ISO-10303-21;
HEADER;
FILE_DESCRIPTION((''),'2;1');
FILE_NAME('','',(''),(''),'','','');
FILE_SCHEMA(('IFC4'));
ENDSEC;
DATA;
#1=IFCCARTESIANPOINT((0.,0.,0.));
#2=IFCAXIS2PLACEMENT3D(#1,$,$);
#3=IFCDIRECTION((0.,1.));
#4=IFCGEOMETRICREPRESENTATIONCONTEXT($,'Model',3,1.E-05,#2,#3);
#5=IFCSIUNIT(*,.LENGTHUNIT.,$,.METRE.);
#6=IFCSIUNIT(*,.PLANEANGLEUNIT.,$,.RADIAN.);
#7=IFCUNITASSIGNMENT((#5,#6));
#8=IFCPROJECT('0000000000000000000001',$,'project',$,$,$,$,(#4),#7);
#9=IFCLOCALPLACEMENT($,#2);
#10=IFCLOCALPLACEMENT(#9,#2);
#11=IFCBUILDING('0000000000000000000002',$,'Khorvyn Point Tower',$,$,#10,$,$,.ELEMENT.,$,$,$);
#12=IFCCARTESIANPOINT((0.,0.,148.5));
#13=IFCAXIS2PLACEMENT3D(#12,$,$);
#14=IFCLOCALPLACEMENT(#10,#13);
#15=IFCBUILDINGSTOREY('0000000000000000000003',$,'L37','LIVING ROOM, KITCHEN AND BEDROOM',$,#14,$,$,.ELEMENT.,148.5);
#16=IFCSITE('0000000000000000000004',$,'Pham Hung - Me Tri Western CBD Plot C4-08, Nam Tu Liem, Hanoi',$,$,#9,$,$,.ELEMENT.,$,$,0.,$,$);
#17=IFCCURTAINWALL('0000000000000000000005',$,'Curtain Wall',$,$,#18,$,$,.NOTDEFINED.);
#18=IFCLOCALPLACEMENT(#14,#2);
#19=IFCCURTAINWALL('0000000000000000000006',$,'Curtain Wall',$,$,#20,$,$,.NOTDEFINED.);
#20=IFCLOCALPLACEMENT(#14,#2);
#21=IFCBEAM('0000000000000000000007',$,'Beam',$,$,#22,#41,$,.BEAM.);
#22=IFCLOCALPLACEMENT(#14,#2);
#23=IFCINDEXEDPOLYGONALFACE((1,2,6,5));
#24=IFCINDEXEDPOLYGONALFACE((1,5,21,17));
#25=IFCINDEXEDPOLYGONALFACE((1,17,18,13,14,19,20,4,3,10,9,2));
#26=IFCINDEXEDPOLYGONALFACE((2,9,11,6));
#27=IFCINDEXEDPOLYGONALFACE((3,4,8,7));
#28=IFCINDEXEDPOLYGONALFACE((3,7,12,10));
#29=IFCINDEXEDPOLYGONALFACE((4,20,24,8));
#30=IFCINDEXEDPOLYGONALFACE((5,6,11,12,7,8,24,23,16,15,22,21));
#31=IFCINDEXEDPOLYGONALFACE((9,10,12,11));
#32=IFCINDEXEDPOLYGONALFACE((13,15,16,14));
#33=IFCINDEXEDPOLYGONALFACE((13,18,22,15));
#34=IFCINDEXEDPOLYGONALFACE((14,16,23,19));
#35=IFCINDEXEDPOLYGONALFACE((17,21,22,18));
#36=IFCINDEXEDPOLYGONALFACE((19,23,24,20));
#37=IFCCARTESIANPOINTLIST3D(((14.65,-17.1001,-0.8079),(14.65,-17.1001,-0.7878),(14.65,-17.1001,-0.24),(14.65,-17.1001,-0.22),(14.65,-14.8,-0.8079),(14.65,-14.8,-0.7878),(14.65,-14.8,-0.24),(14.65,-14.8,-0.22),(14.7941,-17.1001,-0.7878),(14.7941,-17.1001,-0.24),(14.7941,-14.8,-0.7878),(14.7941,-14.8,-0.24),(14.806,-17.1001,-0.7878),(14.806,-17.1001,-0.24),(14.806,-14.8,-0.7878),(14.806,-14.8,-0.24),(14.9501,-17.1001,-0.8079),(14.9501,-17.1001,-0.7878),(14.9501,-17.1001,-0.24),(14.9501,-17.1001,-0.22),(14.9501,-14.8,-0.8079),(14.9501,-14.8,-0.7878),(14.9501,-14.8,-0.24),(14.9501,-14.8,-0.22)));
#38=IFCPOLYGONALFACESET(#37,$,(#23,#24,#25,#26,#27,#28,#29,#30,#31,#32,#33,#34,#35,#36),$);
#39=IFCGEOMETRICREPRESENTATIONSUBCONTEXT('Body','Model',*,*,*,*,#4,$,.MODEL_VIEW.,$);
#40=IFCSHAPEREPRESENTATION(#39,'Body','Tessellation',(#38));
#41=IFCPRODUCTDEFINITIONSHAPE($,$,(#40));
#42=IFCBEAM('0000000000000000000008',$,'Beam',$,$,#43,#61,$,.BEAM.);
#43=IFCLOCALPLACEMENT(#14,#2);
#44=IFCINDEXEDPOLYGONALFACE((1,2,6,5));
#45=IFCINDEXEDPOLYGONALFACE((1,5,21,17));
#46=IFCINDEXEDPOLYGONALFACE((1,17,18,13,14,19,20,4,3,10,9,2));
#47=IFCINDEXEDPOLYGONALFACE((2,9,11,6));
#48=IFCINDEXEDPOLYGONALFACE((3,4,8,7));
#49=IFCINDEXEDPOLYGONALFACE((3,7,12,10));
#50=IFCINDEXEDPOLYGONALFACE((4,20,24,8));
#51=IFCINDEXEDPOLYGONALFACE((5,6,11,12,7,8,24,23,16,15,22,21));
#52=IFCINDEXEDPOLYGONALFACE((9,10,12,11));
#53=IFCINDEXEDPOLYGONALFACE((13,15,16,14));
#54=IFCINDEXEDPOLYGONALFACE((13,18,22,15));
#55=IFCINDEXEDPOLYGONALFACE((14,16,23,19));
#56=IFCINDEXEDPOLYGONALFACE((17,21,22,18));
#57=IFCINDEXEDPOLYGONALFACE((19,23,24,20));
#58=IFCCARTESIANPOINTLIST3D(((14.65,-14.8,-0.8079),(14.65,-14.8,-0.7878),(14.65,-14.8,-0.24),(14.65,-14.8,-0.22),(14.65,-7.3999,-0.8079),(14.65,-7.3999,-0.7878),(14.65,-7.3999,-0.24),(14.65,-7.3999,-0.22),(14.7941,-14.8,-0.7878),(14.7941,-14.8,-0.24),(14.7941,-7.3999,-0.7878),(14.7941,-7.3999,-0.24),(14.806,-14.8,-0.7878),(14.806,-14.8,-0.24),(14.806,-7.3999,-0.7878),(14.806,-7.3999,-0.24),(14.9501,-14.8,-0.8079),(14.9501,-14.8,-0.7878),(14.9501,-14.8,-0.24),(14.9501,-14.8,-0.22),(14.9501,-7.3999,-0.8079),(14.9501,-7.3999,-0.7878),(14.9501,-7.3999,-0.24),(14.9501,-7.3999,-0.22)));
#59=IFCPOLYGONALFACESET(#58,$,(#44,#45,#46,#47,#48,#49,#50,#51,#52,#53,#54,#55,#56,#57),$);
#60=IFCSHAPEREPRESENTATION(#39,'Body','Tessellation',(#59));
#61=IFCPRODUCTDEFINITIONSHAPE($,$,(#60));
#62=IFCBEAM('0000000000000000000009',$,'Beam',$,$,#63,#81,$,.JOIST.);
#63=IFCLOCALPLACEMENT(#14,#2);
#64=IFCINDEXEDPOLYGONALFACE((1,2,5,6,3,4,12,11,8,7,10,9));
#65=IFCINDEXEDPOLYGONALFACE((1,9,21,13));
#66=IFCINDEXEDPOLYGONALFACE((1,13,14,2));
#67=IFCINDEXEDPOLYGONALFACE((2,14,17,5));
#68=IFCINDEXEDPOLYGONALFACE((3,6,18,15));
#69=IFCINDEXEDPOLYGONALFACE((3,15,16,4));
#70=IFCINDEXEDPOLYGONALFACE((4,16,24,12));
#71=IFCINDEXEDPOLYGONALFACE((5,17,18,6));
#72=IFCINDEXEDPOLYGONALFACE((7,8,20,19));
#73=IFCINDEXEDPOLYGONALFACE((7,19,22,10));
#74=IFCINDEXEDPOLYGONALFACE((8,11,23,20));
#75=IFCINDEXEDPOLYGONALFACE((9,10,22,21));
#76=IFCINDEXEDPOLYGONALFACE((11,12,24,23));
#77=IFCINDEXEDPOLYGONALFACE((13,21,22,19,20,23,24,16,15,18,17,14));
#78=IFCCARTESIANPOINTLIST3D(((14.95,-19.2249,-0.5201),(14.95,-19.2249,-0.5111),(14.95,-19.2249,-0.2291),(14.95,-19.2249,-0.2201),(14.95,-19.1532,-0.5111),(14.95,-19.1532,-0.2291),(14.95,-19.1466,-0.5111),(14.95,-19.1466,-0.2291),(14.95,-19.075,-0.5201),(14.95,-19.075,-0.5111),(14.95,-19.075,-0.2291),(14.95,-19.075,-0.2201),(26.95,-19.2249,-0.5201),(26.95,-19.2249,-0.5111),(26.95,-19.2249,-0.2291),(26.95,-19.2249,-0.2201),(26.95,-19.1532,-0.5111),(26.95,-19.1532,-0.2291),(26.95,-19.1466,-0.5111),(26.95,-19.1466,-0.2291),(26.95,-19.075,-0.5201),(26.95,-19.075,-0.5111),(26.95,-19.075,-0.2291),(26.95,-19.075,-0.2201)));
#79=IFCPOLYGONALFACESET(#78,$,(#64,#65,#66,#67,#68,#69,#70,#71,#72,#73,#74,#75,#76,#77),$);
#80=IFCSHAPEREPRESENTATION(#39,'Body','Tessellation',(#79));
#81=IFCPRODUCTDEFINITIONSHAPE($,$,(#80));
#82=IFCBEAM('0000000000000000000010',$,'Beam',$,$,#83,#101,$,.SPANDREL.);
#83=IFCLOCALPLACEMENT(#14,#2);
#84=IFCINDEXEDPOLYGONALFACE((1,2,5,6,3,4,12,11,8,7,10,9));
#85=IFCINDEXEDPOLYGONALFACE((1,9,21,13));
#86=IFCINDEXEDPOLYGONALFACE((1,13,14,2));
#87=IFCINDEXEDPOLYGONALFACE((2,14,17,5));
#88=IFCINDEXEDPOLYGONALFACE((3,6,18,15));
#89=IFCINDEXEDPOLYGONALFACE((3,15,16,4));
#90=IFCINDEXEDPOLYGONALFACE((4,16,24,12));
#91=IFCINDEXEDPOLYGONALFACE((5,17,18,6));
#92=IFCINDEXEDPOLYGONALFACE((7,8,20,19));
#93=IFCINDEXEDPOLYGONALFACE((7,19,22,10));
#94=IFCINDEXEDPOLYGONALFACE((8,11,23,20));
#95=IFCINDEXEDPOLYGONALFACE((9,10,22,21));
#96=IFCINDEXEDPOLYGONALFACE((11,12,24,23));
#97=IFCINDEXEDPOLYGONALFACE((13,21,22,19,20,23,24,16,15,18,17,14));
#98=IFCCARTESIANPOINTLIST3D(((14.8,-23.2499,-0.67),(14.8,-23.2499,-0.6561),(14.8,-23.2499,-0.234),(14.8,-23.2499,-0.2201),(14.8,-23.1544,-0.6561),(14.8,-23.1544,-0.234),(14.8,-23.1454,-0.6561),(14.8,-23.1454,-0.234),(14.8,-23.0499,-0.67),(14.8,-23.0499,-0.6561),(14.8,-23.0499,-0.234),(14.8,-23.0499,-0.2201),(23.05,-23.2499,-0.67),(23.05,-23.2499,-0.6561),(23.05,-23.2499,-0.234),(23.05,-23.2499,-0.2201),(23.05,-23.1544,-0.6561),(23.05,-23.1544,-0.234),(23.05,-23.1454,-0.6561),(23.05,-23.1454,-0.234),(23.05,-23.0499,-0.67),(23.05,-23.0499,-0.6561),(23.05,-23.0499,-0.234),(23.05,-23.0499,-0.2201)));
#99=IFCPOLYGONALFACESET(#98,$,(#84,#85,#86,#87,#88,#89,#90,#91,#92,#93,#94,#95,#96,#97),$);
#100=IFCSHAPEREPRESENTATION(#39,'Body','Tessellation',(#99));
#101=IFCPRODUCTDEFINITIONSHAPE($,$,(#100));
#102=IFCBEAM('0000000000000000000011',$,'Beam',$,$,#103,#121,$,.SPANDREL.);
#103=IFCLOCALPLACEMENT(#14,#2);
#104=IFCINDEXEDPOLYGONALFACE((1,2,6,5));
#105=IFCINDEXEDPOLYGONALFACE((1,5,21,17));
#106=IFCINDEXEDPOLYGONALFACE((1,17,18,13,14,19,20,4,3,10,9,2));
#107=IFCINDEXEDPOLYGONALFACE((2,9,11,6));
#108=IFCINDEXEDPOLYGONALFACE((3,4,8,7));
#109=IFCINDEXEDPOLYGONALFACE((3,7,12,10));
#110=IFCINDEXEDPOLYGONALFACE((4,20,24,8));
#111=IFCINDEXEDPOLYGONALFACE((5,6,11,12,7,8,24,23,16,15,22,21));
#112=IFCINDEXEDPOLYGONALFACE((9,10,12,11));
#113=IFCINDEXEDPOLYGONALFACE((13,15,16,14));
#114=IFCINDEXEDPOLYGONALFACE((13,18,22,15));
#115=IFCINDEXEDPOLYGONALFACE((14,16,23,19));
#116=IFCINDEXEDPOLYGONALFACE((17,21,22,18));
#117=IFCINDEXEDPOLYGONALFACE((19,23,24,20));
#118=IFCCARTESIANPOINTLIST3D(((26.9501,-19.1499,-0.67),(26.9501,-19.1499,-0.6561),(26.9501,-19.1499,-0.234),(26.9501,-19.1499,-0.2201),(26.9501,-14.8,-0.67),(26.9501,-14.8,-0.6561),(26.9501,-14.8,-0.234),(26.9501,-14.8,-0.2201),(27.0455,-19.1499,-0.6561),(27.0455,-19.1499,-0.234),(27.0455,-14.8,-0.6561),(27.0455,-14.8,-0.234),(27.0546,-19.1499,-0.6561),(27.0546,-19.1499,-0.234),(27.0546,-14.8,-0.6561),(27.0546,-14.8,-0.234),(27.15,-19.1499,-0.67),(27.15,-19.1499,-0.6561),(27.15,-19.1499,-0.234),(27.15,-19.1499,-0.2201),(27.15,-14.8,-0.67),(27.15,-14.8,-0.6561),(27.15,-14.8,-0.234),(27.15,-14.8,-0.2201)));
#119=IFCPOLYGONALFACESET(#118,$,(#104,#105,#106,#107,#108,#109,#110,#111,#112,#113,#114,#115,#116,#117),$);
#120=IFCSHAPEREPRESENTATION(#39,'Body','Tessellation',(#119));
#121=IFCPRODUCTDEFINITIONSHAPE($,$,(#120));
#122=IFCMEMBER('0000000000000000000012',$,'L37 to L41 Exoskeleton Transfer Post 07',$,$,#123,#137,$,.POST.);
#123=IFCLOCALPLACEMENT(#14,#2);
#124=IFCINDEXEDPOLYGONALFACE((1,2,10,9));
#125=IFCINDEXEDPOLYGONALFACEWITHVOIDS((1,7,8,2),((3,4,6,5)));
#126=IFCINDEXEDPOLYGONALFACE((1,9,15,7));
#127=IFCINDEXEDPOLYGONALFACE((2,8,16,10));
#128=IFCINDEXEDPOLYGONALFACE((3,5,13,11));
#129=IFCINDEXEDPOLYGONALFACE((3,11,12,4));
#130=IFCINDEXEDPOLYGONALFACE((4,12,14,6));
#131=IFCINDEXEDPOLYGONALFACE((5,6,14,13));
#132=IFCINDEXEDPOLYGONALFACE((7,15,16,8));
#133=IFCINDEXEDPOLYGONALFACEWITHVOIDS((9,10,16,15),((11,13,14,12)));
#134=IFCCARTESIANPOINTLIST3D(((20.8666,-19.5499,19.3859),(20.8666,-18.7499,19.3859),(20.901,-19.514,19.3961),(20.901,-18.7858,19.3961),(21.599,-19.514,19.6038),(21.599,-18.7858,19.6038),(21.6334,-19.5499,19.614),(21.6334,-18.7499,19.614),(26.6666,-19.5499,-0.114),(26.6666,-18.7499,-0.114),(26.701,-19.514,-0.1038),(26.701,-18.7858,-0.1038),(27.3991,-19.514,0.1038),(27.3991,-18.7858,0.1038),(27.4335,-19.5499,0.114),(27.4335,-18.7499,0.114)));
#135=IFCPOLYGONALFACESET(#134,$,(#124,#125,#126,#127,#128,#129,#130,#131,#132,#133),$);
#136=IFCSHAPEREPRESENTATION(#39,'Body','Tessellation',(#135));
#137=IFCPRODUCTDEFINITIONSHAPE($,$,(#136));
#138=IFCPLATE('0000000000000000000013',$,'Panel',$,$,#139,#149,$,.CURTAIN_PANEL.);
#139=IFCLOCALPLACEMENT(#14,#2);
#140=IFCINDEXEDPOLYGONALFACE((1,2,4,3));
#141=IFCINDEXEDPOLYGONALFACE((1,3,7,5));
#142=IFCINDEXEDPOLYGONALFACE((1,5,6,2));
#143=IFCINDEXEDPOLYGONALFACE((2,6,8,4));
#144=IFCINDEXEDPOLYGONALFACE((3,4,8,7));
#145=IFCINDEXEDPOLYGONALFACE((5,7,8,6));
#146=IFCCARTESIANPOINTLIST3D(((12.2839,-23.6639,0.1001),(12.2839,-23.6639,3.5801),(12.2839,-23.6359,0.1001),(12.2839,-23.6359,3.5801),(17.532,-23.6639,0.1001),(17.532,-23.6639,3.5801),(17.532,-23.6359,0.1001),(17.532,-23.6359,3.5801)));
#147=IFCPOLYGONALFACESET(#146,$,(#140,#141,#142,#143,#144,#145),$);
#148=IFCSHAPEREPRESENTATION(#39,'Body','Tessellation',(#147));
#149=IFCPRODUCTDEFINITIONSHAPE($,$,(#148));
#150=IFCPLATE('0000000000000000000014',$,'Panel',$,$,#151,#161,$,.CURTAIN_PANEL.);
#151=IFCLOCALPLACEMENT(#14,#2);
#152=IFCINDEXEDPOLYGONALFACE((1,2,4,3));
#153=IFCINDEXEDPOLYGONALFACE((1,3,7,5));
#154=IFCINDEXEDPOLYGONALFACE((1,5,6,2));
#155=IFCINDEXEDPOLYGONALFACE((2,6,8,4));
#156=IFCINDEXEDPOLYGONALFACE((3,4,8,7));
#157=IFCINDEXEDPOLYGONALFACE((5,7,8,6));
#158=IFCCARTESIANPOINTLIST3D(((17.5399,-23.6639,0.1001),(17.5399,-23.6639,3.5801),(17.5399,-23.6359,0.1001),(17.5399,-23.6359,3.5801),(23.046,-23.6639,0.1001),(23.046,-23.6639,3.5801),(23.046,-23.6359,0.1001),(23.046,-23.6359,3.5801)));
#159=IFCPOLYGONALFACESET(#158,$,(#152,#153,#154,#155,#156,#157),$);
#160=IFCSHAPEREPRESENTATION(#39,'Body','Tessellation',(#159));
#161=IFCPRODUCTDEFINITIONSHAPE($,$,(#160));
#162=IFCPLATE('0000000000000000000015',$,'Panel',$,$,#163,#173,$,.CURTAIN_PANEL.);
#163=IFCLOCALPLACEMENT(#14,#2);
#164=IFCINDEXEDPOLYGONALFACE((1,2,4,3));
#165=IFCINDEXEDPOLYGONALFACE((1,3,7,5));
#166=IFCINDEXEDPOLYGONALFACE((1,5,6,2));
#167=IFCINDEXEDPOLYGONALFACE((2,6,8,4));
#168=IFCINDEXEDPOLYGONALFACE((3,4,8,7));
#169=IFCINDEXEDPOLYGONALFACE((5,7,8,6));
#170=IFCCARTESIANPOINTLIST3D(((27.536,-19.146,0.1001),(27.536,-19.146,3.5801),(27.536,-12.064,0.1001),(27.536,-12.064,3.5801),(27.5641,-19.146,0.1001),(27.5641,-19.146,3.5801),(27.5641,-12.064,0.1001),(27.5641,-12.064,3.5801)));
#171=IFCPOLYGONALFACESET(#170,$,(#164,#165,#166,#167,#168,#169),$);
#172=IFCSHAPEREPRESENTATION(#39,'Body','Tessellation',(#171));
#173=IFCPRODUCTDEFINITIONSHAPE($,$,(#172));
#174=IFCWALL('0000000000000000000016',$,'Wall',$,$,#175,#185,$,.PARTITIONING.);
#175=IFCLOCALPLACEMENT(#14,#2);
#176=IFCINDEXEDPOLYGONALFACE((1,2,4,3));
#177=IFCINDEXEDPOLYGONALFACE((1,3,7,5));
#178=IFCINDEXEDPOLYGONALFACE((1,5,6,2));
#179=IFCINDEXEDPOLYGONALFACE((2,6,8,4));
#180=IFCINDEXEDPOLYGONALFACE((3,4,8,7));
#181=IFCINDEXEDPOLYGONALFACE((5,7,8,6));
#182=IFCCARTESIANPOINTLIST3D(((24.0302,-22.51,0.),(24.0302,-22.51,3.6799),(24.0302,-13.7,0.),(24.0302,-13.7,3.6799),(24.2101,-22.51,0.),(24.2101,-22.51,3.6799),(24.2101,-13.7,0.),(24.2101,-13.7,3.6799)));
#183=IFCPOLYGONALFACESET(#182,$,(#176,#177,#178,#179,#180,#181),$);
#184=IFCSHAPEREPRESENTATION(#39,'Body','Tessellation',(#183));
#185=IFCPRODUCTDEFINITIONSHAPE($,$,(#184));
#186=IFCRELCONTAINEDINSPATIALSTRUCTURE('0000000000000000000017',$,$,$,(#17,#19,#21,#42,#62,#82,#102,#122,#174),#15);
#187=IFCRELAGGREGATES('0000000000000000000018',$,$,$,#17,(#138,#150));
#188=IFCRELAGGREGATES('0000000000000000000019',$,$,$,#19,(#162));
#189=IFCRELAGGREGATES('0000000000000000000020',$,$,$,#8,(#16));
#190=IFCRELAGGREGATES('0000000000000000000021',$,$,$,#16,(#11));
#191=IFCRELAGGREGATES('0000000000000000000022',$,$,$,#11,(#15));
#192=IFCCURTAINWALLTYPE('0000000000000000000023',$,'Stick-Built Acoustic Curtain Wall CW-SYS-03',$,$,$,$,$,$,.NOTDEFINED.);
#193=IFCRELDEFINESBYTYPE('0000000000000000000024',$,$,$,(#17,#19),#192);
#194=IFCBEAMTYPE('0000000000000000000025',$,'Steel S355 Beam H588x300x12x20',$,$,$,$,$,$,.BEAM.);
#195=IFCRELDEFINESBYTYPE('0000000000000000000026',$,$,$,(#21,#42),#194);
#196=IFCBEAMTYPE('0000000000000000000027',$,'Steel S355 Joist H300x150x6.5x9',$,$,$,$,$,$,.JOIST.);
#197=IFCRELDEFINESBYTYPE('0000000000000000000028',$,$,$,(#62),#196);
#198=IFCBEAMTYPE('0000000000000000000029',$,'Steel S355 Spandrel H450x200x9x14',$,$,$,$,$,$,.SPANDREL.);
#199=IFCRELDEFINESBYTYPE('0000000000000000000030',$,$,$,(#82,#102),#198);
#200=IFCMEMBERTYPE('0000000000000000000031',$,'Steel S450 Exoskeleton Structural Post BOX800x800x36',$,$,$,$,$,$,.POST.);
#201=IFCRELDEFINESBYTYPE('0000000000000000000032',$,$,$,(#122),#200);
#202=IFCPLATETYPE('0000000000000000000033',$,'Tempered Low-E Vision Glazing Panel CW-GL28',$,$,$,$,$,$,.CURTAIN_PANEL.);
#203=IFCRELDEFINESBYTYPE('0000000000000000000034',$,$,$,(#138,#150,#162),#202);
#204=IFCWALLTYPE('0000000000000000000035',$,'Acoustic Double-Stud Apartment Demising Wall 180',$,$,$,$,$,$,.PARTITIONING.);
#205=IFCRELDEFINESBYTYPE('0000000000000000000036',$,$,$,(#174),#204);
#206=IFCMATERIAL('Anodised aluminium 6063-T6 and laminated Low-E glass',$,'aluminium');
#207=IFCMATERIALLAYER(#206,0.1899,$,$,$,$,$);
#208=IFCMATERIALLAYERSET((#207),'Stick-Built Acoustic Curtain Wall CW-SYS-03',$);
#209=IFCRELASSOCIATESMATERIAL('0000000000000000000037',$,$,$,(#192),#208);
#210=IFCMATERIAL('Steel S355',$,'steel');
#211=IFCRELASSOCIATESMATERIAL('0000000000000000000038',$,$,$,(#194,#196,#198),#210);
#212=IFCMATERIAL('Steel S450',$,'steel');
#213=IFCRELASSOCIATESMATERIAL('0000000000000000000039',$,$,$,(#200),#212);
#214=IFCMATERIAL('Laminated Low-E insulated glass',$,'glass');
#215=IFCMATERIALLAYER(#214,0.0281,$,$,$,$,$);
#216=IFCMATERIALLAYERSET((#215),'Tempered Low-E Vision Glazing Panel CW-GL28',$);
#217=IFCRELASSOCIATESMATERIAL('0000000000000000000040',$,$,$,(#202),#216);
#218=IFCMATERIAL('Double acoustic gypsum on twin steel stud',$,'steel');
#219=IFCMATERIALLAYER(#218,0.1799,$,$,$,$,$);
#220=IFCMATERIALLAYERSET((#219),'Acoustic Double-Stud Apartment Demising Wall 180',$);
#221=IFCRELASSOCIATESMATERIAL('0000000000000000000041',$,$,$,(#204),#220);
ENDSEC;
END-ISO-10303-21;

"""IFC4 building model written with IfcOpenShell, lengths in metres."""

from ifc_helpers import new_model, si_unit, direction, frame, frame_2d, origin, origin_2d, place, context, subcontext, project, spatial, rectangle, hollow_rectangle, i_section, extrude, material, layer, layer_set, material_profile, profile_set, type_object, element, aggregate, save


model = new_model("IFC4")

# Units and contexts
model_context = context("Model", 3, precision=1e-05, world=origin(), true_north=direction((0.0, 1.0)))
body_context = subcontext(model_context, "Body", "Model", "MODEL_VIEW")
ifc_project = project(units=[si_unit("LENGTHUNIT", "METRE"), si_unit("PLANEANGLEUNIT", "RADIAN")], contexts=[model_context])

# Site, building, storey
site_placement = place(None, origin())
site = spatial("IfcSite", under=ifc_project, at=site_placement, Name="Pham Hung - Me Tri Western CBD Plot C4-08, Nam Tu Liem, Hanoi", CompositionType="ELEMENT", RefElevation=0.0)
building_placement = place(site_placement, origin())
building = spatial("IfcBuilding", under=site, at=building_placement, Name="Khorvyn Point Tower", CompositionType="ELEMENT")
storey_placement = place(building_placement, frame((0.0, 0.0, 148.5)))
storey = spatial("IfcBuildingStorey", under=building, at=storey_placement, Name="L37", Description="LIVING ROOM, KITCHEN AND BEDROOM", CompositionType="ELEMENT", Elevation=148.5)

# Shared definitions
ifc_material_1 = material(Name="Steel S450", Category="steel")

# Curtain walls
ifc_material_2 = material(Name="Anodised aluminium 6063-T6 and laminated Low-E glass", Category="aluminium")
ifc_layer_1 = layer(ifc_material_2, 0.1899)
ifc_layer_set_1 = layer_set([ifc_layer_1], Name="Stick-Built Acoustic Curtain Wall CW-SYS-03")
curtain_wall_type = type_object("IfcCurtainWallType", Name="Stick-Built Acoustic Curtain Wall CW-SYS-03", PredefinedType="NOTDEFINED", material=ifc_layer_set_1)
curtain_wall_1_placement = place(storey_placement, origin())
curtain_wall_1 = element("IfcCurtainWall", 1, at=curtain_wall_1_placement, inside=storey, type_object=curtain_wall_type, Name="Curtain Wall", PredefinedType="NOTDEFINED")
curtain_wall_2_placement = place(storey_placement, origin())
curtain_wall_2 = element("IfcCurtainWall", 2, at=curtain_wall_2_placement, inside=storey, type_object=curtain_wall_type, Name="Curtain Wall", PredefinedType="NOTDEFINED")

# Beams
ifc_material_3 = material(Name="Steel S355", Category="steel")
ifc_material_profile_1 = material_profile(ifc_material_3, i_section(OverallWidth=0.3, OverallDepth=0.5879, WebThickness=0.012, FlangeThickness=0.02, at=origin_2d()))
ifc_profile_set_1 = profile_set([ifc_material_profile_1], Name="Steel S355 H588x300x12x20")
beam_type_1 = type_object("IfcBeamType", Name="Steel S355 Beam H588x300x12x20", PredefinedType="BEAM", material=ifc_profile_set_1)
beam_1_placement = place(storey_placement, frame((14.8, -17.1001, -0.5139), z_axis=(0.0, 1.0, 0.0), x_axis=(-1.0, 0.0, 0.0)))
element("IfcBeam", 3, at=beam_1_placement, inside=storey, type_object=beam_type_1, Name="Beam", PredefinedType="BEAM", context=body_context, shape_type="SweptSolid", body=[
    extrude(i_section(OverallWidth=0.3, OverallDepth=0.5879, WebThickness=0.012, FlangeThickness=0.02, at=origin_2d()), origin(), (0.0, 0.0, 1.0), 2.3),
])
beam_2_placement = place(storey_placement, frame((14.8, -14.8, -0.5139), z_axis=(0.0, 1.0, 0.0), x_axis=(-1.0, 0.0, 0.0)))
element("IfcBeam", 4, at=beam_2_placement, inside=storey, type_object=beam_type_1, Name="Beam", PredefinedType="BEAM", context=body_context, shape_type="SweptSolid", body=[
    extrude(i_section(OverallWidth=0.3, OverallDepth=0.5879, WebThickness=0.012, FlangeThickness=0.02, at=origin_2d()), origin(), (0.0, 0.0, 1.0), 7.4001),
])
ifc_material_profile_2 = material_profile(ifc_material_3, i_section(OverallWidth=0.1499, OverallDepth=0.3, WebThickness=0.0066, FlangeThickness=0.009, at=origin_2d()))
ifc_profile_set_2 = profile_set([ifc_material_profile_2], Name="Steel S355 H300x150x6.5x9")
beam_type_2 = type_object("IfcBeamType", Name="Steel S355 Joist H300x150x6.5x9", PredefinedType="JOIST", material=ifc_profile_set_2)
beam_3_placement = place(storey_placement, frame((14.95, -19.1499, -0.3701), z_axis=(1.0, 0.0, 0.0), x_axis=(0.0, 1.0, 0.0)))
element("IfcBeam", 5, at=beam_3_placement, inside=storey, type_object=beam_type_2, Name="Beam", PredefinedType="JOIST", context=body_context, shape_type="SweptSolid", body=[
    extrude(i_section(OverallWidth=0.1499, OverallDepth=0.3, WebThickness=0.0066, FlangeThickness=0.009, at=origin_2d()), origin(), (0.0, 0.0, 1.0), 12.0),
])
ifc_material_profile_3 = material_profile(ifc_material_3, i_section(OverallWidth=0.2, OverallDepth=0.45, WebThickness=0.009, FlangeThickness=0.0139, at=origin_2d()))
ifc_profile_set_3 = profile_set([ifc_material_profile_3], Name="Steel S355 H450x200x9x14")
beam_type_3 = type_object("IfcBeamType", Name="Steel S355 Spandrel H450x200x9x14", PredefinedType="SPANDREL", material=ifc_profile_set_3)
beam_4_placement = place(storey_placement, frame((14.8, -23.1499, -0.4451), z_axis=(1.0, 0.0, 0.0), x_axis=(0.0, 1.0, 0.0)))
element("IfcBeam", 6, at=beam_4_placement, inside=storey, type_object=beam_type_3, Name="Beam", PredefinedType="SPANDREL", context=body_context, shape_type="SweptSolid", body=[
    extrude(i_section(OverallWidth=0.2, OverallDepth=0.45, WebThickness=0.009, FlangeThickness=0.0139, at=origin_2d()), origin(), (0.0, 0.0, 1.0), 8.25),
])
beam_5_placement = place(storey_placement, frame((27.05, -19.1499, -0.4451), z_axis=(0.0, 1.0, 0.0), x_axis=(-1.0, 0.0, 0.0)))
element("IfcBeam", 7, at=beam_5_placement, inside=storey, type_object=beam_type_3, Name="Beam", PredefinedType="SPANDREL", context=body_context, shape_type="SweptSolid", body=[
    extrude(i_section(OverallWidth=0.2, OverallDepth=0.45, WebThickness=0.009, FlangeThickness=0.0139, at=origin_2d()), origin(), (0.0, 0.0, 1.0), 4.3499),
])

# Member
ifc_material_profile_4 = material_profile(ifc_material_1, hollow_rectangle(XDim=0.8, YDim=0.8, WallThickness=0.0359, at=origin_2d()))
ifc_profile_set_4 = profile_set([ifc_material_profile_4], Name="Steel S450 BOX800x800x36")
member_type_1 = type_object("IfcMemberType", Name="Steel S450 Exoskeleton Structural Post BOX800x800x36", PredefinedType="POST", material=ifc_profile_set_4)
member_1_placement = place(storey_placement, frame((27.05, -19.1499, 0.0), z_axis=(-0.285095, 0.0, 0.958499), x_axis=(0.0, -1.0, 0.0)))
element("IfcMember", 8, at=member_1_placement, inside=storey, type_object=member_type_1, Name="L37 to L41 Exoskeleton Transfer Post 07", PredefinedType="POST", context=body_context, shape_type="SweptSolid", body=[
    extrude(hollow_rectangle(XDim=0.8, YDim=0.8, WallThickness=0.0359, at=origin_2d()), origin(), (0.0, 0.0, 1.0), 20.3442),
])

# Plates
ifc_material_4 = material(Name="Laminated Low-E insulated glass", Category="glass")
ifc_layer_2 = layer(ifc_material_4, 0.0281)
ifc_layer_set_2 = layer_set([ifc_layer_2], Name="Tempered Low-E Vision Glazing Panel CW-GL28")
plate_type = type_object("IfcPlateType", Name="Tempered Low-E Vision Glazing Panel CW-GL28", PredefinedType="CURTAIN_PANEL", material=ifc_layer_set_2)
plate_1_placement = place(storey_placement, frame((14.908, -23.6499, 0.1001), z_axis=(0.0, 0.0, 1.0), x_axis=(-1.0, 0.0, 0.0)))
plate_1 = element("IfcPlate", 9, at=plate_1_placement, type_object=plate_type, Name="Panel", PredefinedType="CURTAIN_PANEL", context=body_context, shape_type="SweptSolid", body=[
    extrude(rectangle(XDim=5.248, YDim=0.0281, at=origin_2d()), origin(), (0.0, 0.0, 1.0), 3.48),
])
plate_2_placement = place(storey_placement, frame((20.293, -23.6499, 0.1001), z_axis=(0.0, 0.0, 1.0), x_axis=(-1.0, 0.0, 0.0)))
plate_2 = element("IfcPlate", 10, at=plate_2_placement, type_object=plate_type, Name="Panel", PredefinedType="CURTAIN_PANEL", context=body_context, shape_type="SweptSolid", body=[
    extrude(rectangle(XDim=5.5061, YDim=0.0281, at=origin_2d()), origin(), (0.0, 0.0, 1.0), 3.48),
])
aggregate(curtain_wall_1, [plate_1, plate_2])
plate_3_placement = place(storey_placement, frame((27.55, -15.605, 0.1001), z_axis=(0.0, 0.0, 1.0), x_axis=(0.0, -1.0, 0.0)))
plate_3 = element("IfcPlate", 11, at=plate_3_placement, type_object=plate_type, Name="Panel", PredefinedType="CURTAIN_PANEL", context=body_context, shape_type="SweptSolid", body=[
    extrude(rectangle(XDim=7.082, YDim=0.0281, at=origin_2d()), origin(), (0.0, 0.0, 1.0), 3.48),
])
aggregate(curtain_wall_2, [plate_3])

# Wall
ifc_material_5 = material(Name="Double acoustic gypsum on twin steel stud", Category="steel")
ifc_layer_3 = layer(ifc_material_5, 0.1799)
ifc_layer_set_3 = layer_set([ifc_layer_3], Name="Acoustic Double-Stud Apartment Demising Wall 180")
wall_type_1 = type_object("IfcWallType", Name="Acoustic Double-Stud Apartment Demising Wall 180", PredefinedType="PARTITIONING", material=ifc_layer_set_3)
wall_1_placement = place(storey_placement, frame((24.1201, -22.51, 0.0), z_axis=(0.0, 0.0, 1.0), x_axis=(0.0, 1.0, 0.0)))
element("IfcWall", 12, at=wall_1_placement, inside=storey, type_object=wall_type_1, Name="Wall", PredefinedType="PARTITIONING", context=body_context, shape_type="SweptSolid", body=[
    extrude(rectangle(XDim=8.8101, YDim=0.1799, at=frame_2d((4.405, 0.0))), origin(), (0.0, 0.0, 1.0), 3.6799),
])

save(model, "model.ifc")
